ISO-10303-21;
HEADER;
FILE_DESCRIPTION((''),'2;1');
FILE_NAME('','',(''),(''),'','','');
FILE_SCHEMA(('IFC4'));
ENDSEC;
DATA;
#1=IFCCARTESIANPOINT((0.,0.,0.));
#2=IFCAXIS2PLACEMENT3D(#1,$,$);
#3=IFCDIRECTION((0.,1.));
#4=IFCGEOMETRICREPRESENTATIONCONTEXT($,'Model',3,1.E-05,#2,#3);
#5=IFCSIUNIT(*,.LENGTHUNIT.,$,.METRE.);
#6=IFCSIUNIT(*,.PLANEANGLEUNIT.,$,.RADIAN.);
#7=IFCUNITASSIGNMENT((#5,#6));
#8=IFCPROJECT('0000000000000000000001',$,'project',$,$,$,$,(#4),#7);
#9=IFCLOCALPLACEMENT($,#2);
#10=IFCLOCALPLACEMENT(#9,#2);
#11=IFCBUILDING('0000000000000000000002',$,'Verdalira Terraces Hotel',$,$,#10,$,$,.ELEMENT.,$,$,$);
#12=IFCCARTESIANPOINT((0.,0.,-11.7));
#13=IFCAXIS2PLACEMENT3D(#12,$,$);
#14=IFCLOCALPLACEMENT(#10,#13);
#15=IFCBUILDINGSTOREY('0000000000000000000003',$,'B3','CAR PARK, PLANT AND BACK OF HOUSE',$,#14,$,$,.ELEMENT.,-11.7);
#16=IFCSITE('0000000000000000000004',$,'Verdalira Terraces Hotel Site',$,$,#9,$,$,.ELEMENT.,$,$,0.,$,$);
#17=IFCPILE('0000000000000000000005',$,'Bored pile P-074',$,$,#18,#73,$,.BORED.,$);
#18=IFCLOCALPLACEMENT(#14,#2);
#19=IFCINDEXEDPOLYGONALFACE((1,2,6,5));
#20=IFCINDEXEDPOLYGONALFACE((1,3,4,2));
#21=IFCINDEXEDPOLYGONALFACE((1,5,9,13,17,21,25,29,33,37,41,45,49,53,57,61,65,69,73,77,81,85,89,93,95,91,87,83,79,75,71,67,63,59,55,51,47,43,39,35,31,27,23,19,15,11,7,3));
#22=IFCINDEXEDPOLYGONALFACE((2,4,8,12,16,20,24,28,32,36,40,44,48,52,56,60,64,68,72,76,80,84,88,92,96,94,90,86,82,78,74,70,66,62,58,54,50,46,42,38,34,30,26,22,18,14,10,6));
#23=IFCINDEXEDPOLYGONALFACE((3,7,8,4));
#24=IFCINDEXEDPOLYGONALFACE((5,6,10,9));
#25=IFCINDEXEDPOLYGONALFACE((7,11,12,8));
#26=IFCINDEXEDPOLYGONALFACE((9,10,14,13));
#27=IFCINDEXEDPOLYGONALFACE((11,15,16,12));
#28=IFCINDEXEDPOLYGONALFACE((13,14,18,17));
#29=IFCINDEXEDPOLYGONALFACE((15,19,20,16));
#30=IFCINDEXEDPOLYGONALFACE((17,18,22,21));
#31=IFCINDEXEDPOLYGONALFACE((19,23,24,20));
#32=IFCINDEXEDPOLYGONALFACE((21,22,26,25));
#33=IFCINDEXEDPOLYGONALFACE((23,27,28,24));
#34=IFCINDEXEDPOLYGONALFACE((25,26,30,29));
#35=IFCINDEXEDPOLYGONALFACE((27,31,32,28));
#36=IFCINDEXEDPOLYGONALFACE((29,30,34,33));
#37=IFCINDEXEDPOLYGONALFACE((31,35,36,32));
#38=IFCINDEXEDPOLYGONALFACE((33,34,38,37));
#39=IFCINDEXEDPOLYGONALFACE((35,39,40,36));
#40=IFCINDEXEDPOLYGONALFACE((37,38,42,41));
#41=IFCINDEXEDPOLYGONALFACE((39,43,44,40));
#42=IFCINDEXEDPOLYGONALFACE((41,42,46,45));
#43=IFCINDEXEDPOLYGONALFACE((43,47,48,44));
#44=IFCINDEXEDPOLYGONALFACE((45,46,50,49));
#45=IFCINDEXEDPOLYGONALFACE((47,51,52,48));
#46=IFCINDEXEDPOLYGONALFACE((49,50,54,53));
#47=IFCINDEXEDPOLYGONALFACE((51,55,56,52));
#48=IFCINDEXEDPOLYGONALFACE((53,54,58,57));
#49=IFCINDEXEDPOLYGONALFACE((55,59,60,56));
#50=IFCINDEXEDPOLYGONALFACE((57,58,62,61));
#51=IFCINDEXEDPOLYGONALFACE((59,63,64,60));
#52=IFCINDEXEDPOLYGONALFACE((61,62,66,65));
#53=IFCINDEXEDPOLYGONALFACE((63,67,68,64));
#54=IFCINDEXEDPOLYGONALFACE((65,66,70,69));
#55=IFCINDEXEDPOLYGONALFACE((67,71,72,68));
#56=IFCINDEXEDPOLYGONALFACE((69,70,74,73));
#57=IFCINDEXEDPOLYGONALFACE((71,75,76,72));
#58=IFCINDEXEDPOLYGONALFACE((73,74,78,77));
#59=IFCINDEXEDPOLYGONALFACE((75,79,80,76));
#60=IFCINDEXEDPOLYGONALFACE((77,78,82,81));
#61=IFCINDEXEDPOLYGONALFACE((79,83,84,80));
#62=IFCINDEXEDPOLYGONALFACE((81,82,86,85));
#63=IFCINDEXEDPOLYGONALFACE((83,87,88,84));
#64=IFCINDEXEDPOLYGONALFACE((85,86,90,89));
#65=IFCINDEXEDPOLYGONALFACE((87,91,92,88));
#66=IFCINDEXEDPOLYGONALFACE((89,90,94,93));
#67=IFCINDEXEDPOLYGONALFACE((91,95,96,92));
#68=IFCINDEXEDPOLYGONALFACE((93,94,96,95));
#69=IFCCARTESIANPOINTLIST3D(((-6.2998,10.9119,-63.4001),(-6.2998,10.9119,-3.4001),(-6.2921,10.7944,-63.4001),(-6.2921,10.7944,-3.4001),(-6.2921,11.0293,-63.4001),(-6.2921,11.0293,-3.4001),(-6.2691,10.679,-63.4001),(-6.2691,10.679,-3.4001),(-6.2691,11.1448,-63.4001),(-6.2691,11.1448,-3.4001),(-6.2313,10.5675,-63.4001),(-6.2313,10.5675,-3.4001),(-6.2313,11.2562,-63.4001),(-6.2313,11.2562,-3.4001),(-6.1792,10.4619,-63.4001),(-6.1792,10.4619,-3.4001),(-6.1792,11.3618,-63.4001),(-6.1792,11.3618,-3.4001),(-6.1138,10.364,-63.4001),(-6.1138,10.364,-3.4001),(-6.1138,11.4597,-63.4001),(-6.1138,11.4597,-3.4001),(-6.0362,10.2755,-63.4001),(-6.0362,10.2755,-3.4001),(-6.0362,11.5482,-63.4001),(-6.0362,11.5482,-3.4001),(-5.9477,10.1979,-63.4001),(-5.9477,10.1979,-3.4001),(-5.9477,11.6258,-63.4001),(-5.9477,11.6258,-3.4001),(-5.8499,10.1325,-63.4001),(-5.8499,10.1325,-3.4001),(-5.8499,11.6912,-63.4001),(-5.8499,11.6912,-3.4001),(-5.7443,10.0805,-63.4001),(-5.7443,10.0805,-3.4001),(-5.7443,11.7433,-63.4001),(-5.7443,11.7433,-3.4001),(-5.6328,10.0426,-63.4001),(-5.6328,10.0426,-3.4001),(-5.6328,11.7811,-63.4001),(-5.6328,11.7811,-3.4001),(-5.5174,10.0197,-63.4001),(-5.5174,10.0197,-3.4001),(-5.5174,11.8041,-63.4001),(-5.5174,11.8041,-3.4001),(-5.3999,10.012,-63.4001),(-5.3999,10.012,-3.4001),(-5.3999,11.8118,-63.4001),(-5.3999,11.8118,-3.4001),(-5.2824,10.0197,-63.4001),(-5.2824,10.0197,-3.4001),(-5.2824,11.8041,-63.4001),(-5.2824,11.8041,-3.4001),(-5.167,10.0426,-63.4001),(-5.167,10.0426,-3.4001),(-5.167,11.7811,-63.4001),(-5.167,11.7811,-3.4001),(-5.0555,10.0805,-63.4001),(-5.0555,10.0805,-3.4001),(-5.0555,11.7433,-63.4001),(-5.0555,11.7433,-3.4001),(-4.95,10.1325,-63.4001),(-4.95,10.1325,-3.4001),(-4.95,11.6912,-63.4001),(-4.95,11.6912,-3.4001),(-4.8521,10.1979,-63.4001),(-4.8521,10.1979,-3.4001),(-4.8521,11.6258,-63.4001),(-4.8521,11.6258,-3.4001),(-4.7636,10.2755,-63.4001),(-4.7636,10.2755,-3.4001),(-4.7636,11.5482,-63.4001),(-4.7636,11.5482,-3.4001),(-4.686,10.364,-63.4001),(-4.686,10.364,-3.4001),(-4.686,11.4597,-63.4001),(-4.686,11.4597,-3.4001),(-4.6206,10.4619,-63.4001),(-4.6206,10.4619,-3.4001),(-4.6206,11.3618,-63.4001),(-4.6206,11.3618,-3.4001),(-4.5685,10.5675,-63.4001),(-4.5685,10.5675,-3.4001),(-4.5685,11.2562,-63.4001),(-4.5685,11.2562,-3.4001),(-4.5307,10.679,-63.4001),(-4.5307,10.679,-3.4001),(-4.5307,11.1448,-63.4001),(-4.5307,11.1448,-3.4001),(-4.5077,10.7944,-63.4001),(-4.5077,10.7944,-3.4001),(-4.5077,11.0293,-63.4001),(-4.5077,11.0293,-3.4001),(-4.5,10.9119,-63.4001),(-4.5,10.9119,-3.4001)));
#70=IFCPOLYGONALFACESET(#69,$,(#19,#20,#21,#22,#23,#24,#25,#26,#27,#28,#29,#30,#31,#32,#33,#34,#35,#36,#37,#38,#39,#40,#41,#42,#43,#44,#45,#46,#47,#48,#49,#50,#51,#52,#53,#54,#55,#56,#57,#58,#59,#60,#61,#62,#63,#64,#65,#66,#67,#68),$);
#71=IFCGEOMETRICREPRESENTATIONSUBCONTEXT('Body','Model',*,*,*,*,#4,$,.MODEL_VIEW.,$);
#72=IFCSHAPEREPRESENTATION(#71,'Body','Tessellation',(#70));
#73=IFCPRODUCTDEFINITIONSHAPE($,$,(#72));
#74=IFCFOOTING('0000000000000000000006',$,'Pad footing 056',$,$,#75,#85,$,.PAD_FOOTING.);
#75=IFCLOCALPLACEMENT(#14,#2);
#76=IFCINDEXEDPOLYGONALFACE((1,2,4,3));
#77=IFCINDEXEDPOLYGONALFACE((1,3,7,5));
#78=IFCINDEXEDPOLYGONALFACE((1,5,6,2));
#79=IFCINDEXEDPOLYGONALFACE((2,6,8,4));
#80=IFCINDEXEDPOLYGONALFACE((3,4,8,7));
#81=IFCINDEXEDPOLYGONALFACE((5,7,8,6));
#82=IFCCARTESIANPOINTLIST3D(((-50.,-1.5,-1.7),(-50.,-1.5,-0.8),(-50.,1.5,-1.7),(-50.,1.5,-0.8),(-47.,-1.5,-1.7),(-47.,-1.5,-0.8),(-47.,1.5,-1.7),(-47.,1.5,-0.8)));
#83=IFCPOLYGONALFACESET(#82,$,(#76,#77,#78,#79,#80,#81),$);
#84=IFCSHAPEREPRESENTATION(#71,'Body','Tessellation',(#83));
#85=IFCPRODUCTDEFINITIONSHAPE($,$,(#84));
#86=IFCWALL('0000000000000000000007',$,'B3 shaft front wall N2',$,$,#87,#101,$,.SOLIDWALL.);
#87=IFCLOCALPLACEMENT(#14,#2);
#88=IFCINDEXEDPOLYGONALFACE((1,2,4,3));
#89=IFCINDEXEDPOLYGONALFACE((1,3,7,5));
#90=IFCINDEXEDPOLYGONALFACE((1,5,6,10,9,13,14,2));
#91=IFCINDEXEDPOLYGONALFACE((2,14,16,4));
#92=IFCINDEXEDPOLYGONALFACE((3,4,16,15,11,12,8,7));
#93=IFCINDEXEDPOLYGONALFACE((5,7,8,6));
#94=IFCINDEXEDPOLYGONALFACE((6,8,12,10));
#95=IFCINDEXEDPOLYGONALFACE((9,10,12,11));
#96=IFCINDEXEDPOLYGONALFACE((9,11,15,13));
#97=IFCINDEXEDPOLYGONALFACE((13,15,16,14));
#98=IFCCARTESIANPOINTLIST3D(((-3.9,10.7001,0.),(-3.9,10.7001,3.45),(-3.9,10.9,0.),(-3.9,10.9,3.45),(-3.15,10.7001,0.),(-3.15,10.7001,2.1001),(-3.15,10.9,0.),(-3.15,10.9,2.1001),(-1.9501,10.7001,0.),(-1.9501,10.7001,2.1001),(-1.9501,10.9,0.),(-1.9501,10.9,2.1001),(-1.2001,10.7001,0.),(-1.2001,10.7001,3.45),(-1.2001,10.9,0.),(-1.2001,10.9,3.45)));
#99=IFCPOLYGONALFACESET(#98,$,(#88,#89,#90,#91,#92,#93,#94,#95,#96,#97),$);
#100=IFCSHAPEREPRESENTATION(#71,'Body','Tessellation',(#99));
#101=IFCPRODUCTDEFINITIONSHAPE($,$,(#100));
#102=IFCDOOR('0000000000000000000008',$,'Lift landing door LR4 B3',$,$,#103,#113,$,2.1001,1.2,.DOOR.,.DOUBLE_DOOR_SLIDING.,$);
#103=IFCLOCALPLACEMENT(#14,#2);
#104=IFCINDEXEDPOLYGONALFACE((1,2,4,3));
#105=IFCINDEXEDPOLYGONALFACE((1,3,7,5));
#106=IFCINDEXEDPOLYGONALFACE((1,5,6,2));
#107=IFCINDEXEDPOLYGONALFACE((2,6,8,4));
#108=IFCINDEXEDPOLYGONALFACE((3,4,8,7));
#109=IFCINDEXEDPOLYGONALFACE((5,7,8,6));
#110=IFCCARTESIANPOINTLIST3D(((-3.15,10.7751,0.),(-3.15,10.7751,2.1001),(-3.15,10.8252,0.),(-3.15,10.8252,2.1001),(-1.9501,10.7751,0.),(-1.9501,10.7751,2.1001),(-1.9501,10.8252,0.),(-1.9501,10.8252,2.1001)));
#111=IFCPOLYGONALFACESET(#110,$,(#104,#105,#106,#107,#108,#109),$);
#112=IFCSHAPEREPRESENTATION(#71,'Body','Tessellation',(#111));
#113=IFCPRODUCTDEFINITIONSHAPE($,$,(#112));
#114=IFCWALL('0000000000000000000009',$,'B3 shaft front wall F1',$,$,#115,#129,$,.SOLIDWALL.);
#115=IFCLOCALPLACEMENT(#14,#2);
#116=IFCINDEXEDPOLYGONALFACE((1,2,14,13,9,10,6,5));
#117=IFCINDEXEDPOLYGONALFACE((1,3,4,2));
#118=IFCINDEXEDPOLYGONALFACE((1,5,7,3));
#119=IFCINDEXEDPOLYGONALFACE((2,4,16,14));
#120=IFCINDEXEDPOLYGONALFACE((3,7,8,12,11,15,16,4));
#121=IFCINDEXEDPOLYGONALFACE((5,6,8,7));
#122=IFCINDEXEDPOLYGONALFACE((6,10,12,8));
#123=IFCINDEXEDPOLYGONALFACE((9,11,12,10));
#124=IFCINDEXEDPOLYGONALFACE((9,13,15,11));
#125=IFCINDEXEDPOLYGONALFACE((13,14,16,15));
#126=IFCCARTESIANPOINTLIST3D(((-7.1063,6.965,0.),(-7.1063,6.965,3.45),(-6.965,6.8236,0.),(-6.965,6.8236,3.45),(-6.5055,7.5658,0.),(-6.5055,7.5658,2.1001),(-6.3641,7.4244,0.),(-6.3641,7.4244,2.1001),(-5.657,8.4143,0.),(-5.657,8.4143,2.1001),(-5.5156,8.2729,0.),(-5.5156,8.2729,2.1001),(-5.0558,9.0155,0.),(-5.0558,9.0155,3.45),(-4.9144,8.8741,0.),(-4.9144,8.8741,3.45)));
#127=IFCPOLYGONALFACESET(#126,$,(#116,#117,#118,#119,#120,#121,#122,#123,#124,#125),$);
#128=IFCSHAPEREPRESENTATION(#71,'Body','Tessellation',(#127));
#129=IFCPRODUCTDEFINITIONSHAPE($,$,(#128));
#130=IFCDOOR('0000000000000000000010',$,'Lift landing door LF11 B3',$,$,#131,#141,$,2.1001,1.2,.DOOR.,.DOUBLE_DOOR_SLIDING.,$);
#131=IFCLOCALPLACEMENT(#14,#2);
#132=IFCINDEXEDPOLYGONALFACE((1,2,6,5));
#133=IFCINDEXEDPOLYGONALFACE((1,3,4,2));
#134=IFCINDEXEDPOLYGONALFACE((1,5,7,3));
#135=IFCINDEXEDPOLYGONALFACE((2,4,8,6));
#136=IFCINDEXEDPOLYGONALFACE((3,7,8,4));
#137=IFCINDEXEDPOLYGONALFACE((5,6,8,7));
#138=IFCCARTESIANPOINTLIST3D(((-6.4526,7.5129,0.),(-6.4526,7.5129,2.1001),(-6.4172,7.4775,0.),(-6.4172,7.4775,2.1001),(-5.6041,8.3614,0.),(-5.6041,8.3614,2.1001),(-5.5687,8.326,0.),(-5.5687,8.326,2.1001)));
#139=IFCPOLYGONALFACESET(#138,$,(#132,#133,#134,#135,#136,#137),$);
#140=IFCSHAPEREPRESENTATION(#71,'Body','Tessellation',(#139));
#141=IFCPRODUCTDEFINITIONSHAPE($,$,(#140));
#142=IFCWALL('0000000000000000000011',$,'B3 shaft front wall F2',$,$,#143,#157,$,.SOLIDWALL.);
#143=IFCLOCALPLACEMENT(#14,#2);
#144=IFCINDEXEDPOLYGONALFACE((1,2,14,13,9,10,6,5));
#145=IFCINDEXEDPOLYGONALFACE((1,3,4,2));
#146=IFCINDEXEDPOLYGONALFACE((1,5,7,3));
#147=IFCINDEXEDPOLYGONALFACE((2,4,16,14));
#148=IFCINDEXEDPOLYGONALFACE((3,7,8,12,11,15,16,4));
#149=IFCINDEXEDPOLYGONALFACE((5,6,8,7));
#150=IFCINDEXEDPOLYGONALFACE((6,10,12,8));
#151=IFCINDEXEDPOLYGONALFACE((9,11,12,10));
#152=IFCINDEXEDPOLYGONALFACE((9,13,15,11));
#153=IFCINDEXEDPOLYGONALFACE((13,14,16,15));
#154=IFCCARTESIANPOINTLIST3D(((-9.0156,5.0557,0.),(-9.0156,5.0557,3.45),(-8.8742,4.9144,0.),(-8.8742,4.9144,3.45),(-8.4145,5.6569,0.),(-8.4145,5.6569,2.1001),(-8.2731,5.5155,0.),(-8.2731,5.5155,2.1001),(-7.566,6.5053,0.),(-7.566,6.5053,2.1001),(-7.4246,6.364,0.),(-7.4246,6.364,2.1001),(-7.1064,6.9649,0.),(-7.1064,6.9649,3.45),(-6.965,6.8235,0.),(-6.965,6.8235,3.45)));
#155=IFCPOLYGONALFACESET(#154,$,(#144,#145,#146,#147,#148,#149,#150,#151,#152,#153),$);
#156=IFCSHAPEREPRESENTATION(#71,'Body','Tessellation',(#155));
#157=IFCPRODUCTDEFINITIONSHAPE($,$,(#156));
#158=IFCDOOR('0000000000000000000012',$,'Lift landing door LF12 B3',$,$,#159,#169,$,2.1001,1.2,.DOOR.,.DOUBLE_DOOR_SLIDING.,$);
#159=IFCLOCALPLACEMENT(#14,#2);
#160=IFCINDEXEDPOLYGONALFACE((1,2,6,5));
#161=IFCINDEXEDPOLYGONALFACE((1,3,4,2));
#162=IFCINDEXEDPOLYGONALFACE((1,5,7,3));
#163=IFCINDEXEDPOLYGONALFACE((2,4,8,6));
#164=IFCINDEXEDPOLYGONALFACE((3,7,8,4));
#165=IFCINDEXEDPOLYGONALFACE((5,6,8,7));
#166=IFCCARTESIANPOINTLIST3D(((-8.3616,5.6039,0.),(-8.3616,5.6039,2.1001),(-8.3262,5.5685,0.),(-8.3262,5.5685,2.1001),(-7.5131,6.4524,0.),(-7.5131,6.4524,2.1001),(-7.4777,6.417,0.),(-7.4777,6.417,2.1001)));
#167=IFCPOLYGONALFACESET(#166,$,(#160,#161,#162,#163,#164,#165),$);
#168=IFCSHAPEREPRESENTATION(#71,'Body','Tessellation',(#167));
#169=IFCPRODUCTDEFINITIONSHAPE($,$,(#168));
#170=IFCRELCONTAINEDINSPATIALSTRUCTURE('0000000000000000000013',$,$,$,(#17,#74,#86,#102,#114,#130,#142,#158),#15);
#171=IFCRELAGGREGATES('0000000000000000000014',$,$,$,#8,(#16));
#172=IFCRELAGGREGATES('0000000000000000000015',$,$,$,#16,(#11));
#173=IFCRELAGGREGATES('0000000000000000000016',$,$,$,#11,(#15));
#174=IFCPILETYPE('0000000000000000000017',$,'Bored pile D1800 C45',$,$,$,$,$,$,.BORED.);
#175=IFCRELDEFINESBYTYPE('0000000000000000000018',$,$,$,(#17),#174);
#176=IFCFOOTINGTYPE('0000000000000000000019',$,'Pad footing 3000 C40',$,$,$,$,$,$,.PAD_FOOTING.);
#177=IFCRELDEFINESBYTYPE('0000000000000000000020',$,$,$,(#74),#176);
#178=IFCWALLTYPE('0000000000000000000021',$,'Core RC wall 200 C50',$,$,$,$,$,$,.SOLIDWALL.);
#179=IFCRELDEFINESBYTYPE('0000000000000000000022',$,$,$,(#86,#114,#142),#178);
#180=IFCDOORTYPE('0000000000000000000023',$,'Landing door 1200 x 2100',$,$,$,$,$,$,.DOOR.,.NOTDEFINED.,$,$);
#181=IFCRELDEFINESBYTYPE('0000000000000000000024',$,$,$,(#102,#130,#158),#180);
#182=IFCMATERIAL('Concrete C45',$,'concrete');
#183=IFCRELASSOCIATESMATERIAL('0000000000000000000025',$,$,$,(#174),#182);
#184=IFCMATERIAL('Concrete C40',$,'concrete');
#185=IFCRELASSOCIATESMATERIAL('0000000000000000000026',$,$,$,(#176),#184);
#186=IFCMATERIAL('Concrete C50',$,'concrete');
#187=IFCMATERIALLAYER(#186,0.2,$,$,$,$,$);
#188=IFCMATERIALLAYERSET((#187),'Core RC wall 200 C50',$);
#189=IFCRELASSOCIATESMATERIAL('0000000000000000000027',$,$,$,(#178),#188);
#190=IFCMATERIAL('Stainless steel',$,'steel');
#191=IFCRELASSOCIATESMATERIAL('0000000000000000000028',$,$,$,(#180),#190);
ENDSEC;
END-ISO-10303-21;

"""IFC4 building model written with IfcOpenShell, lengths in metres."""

from ifc_helpers import new_model, si_unit, direction, frame, frame_2d, origin, origin_2d, place, context, subcontext, project, spatial, polyline, rectangle, circle, outline, extrude, material, layer, layer_set, material_profile, profile_set, type_object, element, fill, save


model = new_model("IFC4")

# Units and contexts
model_context = context("Model", 3, precision=1e-05, world=origin(), true_north=direction((0.0, 1.0)))
body_context = subcontext(model_context, "Body", "Model", "MODEL_VIEW")
ifc_project = project(units=[si_unit("LENGTHUNIT", "METRE"), si_unit("PLANEANGLEUNIT", "RADIAN")], contexts=[model_context])

# Site, building, storey
site_placement = place(None, origin())
site = spatial("IfcSite", under=ifc_project, at=site_placement, Name="Verdalira Terraces Hotel Site", CompositionType="ELEMENT", RefElevation=0.0)
building_placement = place(site_placement, origin())
building = spatial("IfcBuilding", under=site, at=building_placement, Name="Verdalira Terraces Hotel", CompositionType="ELEMENT")
storey_placement = place(building_placement, frame((0.0, 0.0, -11.7)))
storey = spatial("IfcBuildingStorey", under=building, at=storey_placement, Name="B3", Description="CAR PARK, PLANT AND BACK OF HOUSE", CompositionType="ELEMENT", Elevation=-11.7)

# Pile
ifc_material_1 = material(Name="Concrete C45", Category="concrete")
ifc_material_profile = material_profile(ifc_material_1, circle(Radius=0.8999, at=origin_2d()), Name="D1800")
ifc_profile_set = profile_set([ifc_material_profile], Name="Concrete C45")
pile_type = type_object("IfcPileType", Name="Bored pile D1800 C45", PredefinedType="BORED", material=ifc_profile_set)
for number, where, z_axis, x_axis, name in (
    (1, (-5.3999, 10.9119, -3.4001), (0.0, 0.0, -1.0), (1.0, 0.0, 0.0), "Bored pile P-074"),
):
    element("IfcPile", number, at=place(storey_placement, frame(where, z_axis=z_axis, x_axis=x_axis)), inside=storey, type_object=pile_type, Name=name, PredefinedType="BORED", context=body_context, shape_type="SweptSolid", body=[
        extrude(circle(Radius=0.8999, at=origin_2d()), origin(), (0.0, 0.0, 1.0), 60.0),
    ])

# Footing
ifc_material_2 = material(Name="Concrete C40", Category="concrete")
footing_type = type_object("IfcFootingType", Name="Pad footing 3000 C40", PredefinedType="PAD_FOOTING", material=ifc_material_2)
footing_placement = place(storey_placement, frame((0.0, 0.0, -1.7)))
element("IfcFooting", 2, at=footing_placement, inside=storey, type_object=footing_type, Name="Pad footing 056", PredefinedType="PAD_FOOTING", context=body_context, shape_type="SweptSolid", body=[
    extrude(outline(polyline([(-47.0, -1.5), (-47.0, 1.5), (-50.0, 1.5), (-50.0, -1.5), (-47.0, -1.5)])), origin(), (0.0, 0.0, 1.0), 0.8999),
])

# Walls, openings, doors
ifc_material_3 = material(Name="Concrete C50", Category="concrete")
ifc_layer_1 = layer(ifc_material_3, 0.2)
ifc_layer_set_1 = layer_set([ifc_layer_1], Name="Core RC wall 200 C50")
wall_type_1 = type_object("IfcWallType", Name="Core RC wall 200 C50", PredefinedType="SOLIDWALL", material=ifc_layer_set_1)
wall_1_placement = place(storey_placement, frame((-1.2, 10.8, 0.0), z_axis=(0.0, 0.0, 1.0), x_axis=(-1.0, 0.0, 0.0)))
wall_1 = element("IfcWall", 3, at=wall_1_placement, inside=storey, type_object=wall_type_1, Name="B3 shaft front wall N2", PredefinedType="SOLIDWALL", context=body_context, shape_type="SweptSolid", body=[
    extrude(rectangle(XDim=2.7, YDim=0.2, at=frame_2d((1.3501, 0.0))), origin(), (0.0, 0.0, 1.0), 3.45),
])
opening_1_placement = place(wall_1_placement, frame((0.75, 0.0, 0.0)))
opening_1 = element("IfcOpeningElement", 4, at=opening_1_placement, cuts=wall_1, PredefinedType="OPENING", context=body_context, shape_type="SweptSolid", body=[
    extrude(rectangle(XDim=1.2, YDim=2.1001, at=frame_2d((0.6001, 1.05))), frame((0.0, 0.1099, 0.0), z_axis=(0.0, -1.0, 0.0), x_axis=(1.0, 0.0, 0.0)), (0.0, 0.0, 1.0), 0.22),
])
ifc_material_4 = material(Name="Stainless steel", Category="steel")
door_type_1 = type_object("IfcDoorType", Name="Landing door 1200 x 2100", OperationType="NOTDEFINED", PredefinedType="DOOR", material=ifc_material_4)
door_1_placement = place(opening_1_placement, origin())
door_1 = element("IfcDoor", 5, at=door_1_placement, inside=storey, type_object=door_type_1, Name="Lift landing door LR4 B3", OperationType="DOUBLE_DOOR_SLIDING", OverallHeight=2.1001, OverallWidth=1.2, PredefinedType="DOOR", context=body_context, shape_type="SweptSolid", body=[
    extrude(rectangle(XDim=1.2, YDim=2.1001, at=frame_2d((0.6001, 1.05))), frame((0.0, 0.0249, 0.0), z_axis=(0.0, -1.0, 0.0), x_axis=(1.0, 0.0, 0.0)), (0.0, 0.0, 1.0), 0.05),
])
fill(opening_1, door_1)
wall_2_placement = place(storey_placement, frame((-4.9851, 8.9448, 0.0), z_axis=(0.0, 0.0, 1.0), x_axis=(-0.707107, -0.707107, 0.0)))
wall_2 = element("IfcWall", 6, at=wall_2_placement, inside=storey, type_object=wall_type_1, Name="B3 shaft front wall F1", PredefinedType="SOLIDWALL", context=body_context, shape_type="SweptSolid", body=[
    extrude(rectangle(XDim=2.8999, YDim=0.2, at=frame_2d((1.45, 0.0))), origin(), (0.0, 0.0, 1.0), 3.45),
])
opening_2_placement = place(wall_2_placement, frame((0.8501, 0.0, 0.0)))
opening_2 = element("IfcOpeningElement", 7, at=opening_2_placement, cuts=wall_2, PredefinedType="OPENING", context=body_context, shape_type="SweptSolid", body=[
    extrude(rectangle(XDim=1.2, YDim=2.1001, at=frame_2d((0.6001, 1.05))), frame((0.0, 0.1099, 0.0), z_axis=(0.0, -1.0, 0.0), x_axis=(1.0, 0.0, 0.0)), (0.0, 0.0, 1.0), 0.22),
])
door_2_placement = place(opening_2_placement, origin())
door_2 = element("IfcDoor", 8, at=door_2_placement, inside=storey, type_object=door_type_1, Name="Lift landing door LF11 B3", OperationType="DOUBLE_DOOR_SLIDING", OverallHeight=2.1001, OverallWidth=1.2, PredefinedType="DOOR", context=body_context, shape_type="SweptSolid", body=[
    extrude(rectangle(XDim=1.2, YDim=2.1001, at=frame_2d((0.6001, 1.05))), frame((0.0, 0.0249, 0.0), z_axis=(0.0, -1.0, 0.0), x_axis=(1.0, 0.0, 0.0)), (0.0, 0.0, 1.0), 0.05),
])
fill(opening_2, door_2)
wall_3_placement = place(storey_placement, frame((-7.0356, 6.8943, 0.0), z_axis=(0.0, 0.0, 1.0), x_axis=(-0.707107, -0.707107, 0.0)))
wall_3 = element("IfcWall", 9, at=wall_3_placement, inside=storey, type_object=wall_type_1, Name="B3 shaft front wall F2", PredefinedType="SOLIDWALL", context=body_context, shape_type="SweptSolid", body=[
    extrude(rectangle(XDim=2.7, YDim=0.2, at=frame_2d((1.3501, 0.0))), origin(), (0.0, 0.0, 1.0), 3.45),
])
opening_3_placement = place(wall_3_placement, frame((0.6499, 0.0, 0.0)))
opening_3 = element("IfcOpeningElement", 10, at=opening_3_placement, cuts=wall_3, PredefinedType="OPENING", context=body_context, shape_type="SweptSolid", body=[
    extrude(rectangle(XDim=1.2, YDim=2.1001, at=frame_2d((0.6001, 1.05))), frame((0.0, 0.1099, 0.0), z_axis=(0.0, -1.0, 0.0), x_axis=(1.0, 0.0, 0.0)), (0.0, 0.0, 1.0), 0.22),
])
door_3_placement = place(opening_3_placement, origin())
door_3 = element("IfcDoor", 11, at=door_3_placement, inside=storey, type_object=door_type_1, Name="Lift landing door LF12 B3", OperationType="DOUBLE_DOOR_SLIDING", OverallHeight=2.1001, OverallWidth=1.2, PredefinedType="DOOR", context=body_context, shape_type="SweptSolid", body=[
    extrude(rectangle(XDim=1.2, YDim=2.1001, at=frame_2d((0.6001, 1.05))), frame((0.0, 0.0249, 0.0), z_axis=(0.0, -1.0, 0.0), x_axis=(1.0, 0.0, 0.0)), (0.0, 0.0, 1.0), 0.05),
])
fill(opening_3, door_3)

save(model, "model.ifc")
